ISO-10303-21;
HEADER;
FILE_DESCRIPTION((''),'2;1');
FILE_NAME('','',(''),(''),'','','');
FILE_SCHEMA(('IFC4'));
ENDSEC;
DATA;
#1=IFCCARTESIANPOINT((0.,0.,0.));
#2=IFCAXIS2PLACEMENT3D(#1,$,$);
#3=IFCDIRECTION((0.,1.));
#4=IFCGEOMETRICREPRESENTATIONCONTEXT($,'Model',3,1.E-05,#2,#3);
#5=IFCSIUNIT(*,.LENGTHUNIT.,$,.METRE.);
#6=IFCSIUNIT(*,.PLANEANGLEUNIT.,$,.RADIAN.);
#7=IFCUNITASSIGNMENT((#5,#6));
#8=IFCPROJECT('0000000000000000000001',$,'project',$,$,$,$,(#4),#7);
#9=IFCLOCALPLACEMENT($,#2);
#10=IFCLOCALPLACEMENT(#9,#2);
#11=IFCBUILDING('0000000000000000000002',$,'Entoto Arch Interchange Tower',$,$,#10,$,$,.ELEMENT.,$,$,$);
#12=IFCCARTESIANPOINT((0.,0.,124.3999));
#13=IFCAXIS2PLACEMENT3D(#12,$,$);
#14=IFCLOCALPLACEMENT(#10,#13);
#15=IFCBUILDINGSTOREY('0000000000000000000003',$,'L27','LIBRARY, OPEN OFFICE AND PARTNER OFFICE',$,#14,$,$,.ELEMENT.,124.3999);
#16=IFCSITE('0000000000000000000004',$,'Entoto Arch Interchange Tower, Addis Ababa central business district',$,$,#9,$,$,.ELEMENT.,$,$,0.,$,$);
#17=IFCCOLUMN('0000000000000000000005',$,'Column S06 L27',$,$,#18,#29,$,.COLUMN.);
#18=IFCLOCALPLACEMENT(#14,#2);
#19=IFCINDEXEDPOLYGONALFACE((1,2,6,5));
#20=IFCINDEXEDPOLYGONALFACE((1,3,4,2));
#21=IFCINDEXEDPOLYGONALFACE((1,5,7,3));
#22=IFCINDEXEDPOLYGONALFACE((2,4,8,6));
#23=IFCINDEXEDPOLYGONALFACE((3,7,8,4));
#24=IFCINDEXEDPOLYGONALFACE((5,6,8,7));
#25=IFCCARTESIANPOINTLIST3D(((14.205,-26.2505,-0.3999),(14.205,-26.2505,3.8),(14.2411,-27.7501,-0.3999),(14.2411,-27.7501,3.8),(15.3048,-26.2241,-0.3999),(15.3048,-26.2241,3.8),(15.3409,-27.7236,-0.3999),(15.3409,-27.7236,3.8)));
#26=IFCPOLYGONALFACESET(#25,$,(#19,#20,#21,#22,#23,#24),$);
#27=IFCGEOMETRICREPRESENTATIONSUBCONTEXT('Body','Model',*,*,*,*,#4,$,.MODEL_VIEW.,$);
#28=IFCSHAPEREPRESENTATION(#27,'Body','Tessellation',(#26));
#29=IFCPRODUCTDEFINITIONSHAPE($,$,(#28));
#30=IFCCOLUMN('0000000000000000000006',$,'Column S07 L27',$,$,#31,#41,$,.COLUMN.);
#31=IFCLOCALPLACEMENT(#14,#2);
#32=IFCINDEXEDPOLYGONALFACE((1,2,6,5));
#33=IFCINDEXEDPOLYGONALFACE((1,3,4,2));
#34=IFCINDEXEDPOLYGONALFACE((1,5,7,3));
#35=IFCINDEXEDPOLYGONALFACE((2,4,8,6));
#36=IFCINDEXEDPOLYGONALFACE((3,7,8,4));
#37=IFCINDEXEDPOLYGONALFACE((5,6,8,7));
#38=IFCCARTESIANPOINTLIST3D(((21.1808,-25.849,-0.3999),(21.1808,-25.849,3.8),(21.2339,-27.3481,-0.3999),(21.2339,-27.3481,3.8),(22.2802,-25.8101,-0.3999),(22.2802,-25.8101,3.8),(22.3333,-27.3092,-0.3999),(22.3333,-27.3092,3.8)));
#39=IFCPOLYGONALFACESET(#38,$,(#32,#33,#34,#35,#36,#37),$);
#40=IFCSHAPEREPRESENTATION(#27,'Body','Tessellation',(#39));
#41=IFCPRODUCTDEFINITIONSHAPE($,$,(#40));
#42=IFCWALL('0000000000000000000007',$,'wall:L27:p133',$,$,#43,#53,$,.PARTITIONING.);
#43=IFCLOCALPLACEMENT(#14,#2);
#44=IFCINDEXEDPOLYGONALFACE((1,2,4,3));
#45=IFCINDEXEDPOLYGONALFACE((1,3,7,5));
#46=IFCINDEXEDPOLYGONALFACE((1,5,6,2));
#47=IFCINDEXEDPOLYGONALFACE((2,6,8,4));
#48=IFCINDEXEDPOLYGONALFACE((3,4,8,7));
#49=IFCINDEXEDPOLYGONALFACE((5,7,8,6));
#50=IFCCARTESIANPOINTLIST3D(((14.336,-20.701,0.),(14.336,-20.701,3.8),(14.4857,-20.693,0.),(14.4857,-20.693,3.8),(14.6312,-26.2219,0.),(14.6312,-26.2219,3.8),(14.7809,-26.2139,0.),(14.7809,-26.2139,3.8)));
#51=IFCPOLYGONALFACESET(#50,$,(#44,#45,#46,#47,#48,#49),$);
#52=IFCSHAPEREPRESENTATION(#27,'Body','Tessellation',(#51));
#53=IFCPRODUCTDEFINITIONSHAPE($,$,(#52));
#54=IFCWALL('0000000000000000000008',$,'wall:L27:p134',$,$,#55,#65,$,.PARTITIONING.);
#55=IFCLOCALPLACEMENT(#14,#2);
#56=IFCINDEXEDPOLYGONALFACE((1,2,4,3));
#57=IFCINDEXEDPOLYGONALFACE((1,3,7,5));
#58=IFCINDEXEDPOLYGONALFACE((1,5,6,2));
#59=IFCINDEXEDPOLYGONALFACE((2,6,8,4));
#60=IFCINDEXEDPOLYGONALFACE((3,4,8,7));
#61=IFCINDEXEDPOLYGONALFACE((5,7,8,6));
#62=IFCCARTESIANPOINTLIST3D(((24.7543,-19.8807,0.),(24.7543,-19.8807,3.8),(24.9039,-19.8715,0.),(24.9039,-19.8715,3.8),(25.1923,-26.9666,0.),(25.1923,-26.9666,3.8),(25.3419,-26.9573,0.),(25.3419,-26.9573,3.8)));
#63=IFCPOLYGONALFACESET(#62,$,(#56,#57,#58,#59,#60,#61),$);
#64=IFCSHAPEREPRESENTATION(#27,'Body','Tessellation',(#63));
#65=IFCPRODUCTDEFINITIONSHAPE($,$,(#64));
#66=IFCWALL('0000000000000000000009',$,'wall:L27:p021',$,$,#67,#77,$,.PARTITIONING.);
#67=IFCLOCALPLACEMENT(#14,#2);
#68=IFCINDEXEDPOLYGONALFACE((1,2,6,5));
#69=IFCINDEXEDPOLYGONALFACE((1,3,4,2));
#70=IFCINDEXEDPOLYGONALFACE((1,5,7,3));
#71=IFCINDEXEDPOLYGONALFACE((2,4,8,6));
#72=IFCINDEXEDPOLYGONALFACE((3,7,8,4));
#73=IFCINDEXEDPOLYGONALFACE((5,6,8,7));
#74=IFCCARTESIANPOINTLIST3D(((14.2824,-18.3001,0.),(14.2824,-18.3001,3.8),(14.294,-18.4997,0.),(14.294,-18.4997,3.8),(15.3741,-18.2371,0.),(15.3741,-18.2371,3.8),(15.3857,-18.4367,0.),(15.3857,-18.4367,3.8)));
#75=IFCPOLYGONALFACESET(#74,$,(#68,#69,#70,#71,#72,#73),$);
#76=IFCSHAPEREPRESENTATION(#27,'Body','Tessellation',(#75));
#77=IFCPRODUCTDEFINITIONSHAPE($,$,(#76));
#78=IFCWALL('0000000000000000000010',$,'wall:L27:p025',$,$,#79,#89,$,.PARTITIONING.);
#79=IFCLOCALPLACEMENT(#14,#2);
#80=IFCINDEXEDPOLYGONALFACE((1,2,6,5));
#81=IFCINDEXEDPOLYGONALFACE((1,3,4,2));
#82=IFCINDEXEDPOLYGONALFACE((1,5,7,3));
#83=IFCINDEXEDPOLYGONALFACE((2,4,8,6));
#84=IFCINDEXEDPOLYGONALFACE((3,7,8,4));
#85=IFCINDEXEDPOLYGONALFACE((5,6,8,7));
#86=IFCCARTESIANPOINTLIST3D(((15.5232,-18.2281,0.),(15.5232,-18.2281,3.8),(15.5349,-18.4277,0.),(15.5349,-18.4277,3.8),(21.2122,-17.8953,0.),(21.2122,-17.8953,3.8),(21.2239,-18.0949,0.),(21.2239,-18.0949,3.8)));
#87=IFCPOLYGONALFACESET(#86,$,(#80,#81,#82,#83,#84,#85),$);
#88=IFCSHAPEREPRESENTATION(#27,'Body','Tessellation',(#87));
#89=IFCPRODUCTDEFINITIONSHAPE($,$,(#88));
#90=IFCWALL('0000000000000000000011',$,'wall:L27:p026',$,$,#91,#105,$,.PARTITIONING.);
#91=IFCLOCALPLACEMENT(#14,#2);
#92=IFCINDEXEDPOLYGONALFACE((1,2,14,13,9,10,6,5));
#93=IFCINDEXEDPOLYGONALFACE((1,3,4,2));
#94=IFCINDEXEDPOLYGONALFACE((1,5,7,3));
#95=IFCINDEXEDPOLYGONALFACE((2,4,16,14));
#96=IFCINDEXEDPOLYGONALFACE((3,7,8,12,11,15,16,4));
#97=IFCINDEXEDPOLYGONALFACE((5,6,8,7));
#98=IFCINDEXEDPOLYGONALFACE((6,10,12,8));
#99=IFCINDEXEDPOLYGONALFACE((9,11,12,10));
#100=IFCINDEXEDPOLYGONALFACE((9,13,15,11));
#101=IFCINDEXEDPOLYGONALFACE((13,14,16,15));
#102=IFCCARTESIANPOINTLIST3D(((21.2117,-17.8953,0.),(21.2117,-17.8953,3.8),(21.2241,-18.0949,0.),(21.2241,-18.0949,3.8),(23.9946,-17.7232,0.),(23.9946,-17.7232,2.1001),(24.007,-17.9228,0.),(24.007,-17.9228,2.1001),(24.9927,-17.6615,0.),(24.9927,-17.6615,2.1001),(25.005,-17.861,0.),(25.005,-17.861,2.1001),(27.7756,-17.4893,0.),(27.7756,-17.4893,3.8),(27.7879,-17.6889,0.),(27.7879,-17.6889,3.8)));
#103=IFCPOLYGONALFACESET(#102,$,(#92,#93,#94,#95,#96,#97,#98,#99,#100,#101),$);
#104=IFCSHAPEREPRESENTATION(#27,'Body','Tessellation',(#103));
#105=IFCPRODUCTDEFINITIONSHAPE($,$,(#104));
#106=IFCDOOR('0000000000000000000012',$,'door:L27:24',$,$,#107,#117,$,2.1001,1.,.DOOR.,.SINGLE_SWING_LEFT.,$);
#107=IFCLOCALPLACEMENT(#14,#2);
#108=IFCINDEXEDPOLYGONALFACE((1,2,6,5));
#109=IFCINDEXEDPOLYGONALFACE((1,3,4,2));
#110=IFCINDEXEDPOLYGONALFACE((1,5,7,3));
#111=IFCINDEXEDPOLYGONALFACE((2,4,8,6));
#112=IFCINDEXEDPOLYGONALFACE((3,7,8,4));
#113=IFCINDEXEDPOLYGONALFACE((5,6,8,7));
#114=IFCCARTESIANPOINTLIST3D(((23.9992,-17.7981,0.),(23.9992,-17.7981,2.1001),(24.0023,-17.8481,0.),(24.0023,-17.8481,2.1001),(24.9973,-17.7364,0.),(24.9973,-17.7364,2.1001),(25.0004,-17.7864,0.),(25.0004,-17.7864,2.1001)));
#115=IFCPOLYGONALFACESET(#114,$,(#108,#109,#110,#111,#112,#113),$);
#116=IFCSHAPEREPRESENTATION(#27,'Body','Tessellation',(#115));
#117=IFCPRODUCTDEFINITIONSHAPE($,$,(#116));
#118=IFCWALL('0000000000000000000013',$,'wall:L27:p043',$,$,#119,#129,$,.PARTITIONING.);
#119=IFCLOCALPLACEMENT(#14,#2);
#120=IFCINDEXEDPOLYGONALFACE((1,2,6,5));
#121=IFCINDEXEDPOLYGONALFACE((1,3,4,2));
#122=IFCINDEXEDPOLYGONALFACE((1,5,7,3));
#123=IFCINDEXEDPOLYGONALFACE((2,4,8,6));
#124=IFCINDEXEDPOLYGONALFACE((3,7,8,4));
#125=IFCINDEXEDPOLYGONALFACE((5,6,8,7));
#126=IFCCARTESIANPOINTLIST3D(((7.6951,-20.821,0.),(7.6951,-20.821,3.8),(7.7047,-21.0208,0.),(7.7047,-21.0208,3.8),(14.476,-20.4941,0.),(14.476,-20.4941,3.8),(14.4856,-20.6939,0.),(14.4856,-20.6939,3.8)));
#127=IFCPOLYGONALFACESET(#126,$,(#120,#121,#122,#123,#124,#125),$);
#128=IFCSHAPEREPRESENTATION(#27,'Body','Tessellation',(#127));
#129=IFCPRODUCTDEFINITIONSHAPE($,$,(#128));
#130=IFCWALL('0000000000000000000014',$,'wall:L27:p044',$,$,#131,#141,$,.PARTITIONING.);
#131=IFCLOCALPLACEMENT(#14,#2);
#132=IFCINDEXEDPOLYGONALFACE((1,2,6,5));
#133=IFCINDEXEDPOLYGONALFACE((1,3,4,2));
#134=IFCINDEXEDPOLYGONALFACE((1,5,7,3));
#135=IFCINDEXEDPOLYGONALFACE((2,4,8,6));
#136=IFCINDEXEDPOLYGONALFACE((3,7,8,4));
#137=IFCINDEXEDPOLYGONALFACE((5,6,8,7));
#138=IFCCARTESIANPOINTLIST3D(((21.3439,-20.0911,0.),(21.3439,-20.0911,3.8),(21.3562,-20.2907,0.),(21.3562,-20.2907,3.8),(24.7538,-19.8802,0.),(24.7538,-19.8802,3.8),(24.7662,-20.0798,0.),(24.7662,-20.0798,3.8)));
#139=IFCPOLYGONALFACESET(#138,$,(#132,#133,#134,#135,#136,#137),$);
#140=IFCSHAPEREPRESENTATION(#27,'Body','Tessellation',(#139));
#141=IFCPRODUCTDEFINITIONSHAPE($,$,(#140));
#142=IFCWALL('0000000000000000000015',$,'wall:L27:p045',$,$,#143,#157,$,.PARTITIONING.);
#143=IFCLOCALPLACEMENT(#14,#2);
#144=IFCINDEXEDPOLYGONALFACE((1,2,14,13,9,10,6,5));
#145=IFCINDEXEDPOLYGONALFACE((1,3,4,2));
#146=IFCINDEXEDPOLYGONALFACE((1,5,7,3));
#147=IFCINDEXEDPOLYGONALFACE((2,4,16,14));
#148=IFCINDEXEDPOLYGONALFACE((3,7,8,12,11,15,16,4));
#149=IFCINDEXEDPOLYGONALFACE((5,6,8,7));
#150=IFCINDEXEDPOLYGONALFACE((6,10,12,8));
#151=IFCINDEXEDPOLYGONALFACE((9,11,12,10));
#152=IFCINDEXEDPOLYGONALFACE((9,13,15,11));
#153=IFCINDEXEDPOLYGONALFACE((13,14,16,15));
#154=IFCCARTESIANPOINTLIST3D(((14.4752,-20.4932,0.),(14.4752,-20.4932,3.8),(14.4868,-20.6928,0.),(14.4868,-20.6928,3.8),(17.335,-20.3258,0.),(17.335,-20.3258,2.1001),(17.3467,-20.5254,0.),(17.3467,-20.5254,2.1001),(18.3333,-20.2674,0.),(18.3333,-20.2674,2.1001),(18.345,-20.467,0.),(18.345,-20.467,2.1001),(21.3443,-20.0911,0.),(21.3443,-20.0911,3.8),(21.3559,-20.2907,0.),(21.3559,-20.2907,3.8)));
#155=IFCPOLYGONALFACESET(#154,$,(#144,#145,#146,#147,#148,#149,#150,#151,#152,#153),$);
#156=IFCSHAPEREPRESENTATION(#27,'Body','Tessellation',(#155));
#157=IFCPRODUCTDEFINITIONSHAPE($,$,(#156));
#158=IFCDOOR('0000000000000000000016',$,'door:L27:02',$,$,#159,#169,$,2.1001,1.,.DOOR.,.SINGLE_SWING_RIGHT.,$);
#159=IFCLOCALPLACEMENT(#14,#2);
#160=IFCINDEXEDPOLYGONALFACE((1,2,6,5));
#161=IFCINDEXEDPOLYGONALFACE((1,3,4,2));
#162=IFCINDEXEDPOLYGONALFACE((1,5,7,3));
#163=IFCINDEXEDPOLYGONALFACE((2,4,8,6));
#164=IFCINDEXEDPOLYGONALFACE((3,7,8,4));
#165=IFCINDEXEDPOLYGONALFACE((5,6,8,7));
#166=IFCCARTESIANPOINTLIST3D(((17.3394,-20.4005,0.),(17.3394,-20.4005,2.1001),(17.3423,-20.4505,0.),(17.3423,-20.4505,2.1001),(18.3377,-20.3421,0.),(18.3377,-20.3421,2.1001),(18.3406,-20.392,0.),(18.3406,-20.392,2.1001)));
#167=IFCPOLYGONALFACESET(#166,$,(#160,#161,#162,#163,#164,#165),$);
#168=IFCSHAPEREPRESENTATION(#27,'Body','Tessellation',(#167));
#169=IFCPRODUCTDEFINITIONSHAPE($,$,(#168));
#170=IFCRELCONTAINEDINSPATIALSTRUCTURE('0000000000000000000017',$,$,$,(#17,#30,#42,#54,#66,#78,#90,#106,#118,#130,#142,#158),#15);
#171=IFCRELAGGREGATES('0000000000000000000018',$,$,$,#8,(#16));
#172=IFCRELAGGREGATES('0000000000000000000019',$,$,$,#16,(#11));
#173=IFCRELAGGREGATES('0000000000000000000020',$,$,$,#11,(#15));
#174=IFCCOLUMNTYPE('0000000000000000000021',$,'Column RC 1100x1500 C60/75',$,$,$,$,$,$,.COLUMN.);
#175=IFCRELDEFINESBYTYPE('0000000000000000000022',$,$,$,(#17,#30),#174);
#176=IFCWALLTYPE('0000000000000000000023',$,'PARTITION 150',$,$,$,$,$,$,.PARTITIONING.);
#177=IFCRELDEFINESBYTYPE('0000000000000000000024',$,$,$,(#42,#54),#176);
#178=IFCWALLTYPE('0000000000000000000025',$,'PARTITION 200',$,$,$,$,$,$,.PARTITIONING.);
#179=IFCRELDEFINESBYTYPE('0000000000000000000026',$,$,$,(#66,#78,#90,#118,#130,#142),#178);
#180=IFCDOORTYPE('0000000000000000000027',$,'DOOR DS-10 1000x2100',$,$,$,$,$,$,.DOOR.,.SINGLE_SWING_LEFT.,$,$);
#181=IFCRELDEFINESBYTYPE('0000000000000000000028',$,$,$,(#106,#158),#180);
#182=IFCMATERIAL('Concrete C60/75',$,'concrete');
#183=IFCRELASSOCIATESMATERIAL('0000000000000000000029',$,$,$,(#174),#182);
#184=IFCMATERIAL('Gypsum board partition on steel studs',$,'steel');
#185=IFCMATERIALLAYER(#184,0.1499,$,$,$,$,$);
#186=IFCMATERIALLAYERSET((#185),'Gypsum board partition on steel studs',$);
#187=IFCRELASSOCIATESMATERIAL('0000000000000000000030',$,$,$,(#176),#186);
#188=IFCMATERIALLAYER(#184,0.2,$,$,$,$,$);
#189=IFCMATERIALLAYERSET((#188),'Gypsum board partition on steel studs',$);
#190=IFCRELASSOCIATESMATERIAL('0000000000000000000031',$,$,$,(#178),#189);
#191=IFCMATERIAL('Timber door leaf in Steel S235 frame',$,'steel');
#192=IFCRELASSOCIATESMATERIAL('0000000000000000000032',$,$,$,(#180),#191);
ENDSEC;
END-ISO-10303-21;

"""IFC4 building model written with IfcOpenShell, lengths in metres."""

from ifc_helpers import new_model, si_unit, direction, frame, frame_2d, origin, origin_2d, place, context, subcontext, project, spatial, rectangle, extrude, material, layer, layer_set, material_profile, profile_set, type_object, element, fill, save


model = new_model("IFC4")

# Units and contexts
model_context = context("Model", 3, precision=1e-05, world=origin(), true_north=direction((0.0, 1.0)))
body_context = subcontext(model_context, "Body", "Model", "MODEL_VIEW")
ifc_project = project(units=[si_unit("LENGTHUNIT", "METRE"), si_unit("PLANEANGLEUNIT", "RADIAN")], contexts=[model_context])

# Site, building, storey
site_placement = place(None, origin())
site = spatial("IfcSite", under=ifc_project, at=site_placement, Name="Entoto Arch Interchange Tower, Addis Ababa central business district", CompositionType="ELEMENT", RefElevation=0.0)
building_placement = place(site_placement, origin())
building = spatial("IfcBuilding", under=site, at=building_placement, Name="Entoto Arch Interchange Tower", CompositionType="ELEMENT")
storey_placement = place(building_placement, frame((0.0, 0.0, 124.3999)))
storey = spatial("IfcBuildingStorey", under=building, at=storey_placement, Name="L27", Description="LIBRARY, OPEN OFFICE AND PARTNER OFFICE", CompositionType="ELEMENT", Elevation=124.3999)

# Columns
ifc_material_1 = material(Name="Concrete C60/75", Category="concrete")
ifc_material_profile_1 = material_profile(ifc_material_1, rectangle(XDim=1.1001, YDim=1.5, at=origin_2d()))
ifc_profile_set_1 = profile_set([ifc_material_profile_1], Name="Concrete C60/75")
column_type = type_object("IfcColumnType", Name="Column RC 1100x1500 C60/75", PredefinedType="COLUMN", material=ifc_profile_set_1)
for number, where, z_axis, x_axis, name in (
    (1, (14.7729, -26.9871, -0.3999), (0.0, 0.0, 1.0), (0.999711, 0.024031, 0.0), "Column S06 L27"),
    (2, (21.7571, -26.5791, -0.3999), (0.0, 0.0, 1.0), (0.999374, 0.035388, 0.0), "Column S07 L27"),
):
    element("IfcColumn", number, at=place(storey_placement, frame(where, z_axis=z_axis, x_axis=x_axis)), inside=storey, type_object=column_type, Name=name, PredefinedType="COLUMN", context=body_context, shape_type="SweptSolid", body=[
        extrude(rectangle(XDim=1.1001, YDim=1.5, at=origin_2d()), origin(), (0.0, 0.0, 1.0), 4.2),
    ])

# Walls
ifc_material_2 = material(Name="Gypsum board partition on steel studs", Category="steel")
ifc_layer_1 = layer(ifc_material_2, 0.1499)
ifc_layer_set_1 = layer_set([ifc_layer_1], Name="Gypsum board partition on steel studs")
wall_type_1 = type_object("IfcWallType", Name="PARTITION 150", PredefinedType="PARTITIONING", material=ifc_layer_set_1)
wall_1_placement = place(storey_placement, frame((14.4109, -20.697, 0.0), z_axis=(0.0, 0.0, 1.0), x_axis=(0.053386, -0.998574, 0.0)))
element("IfcWall", 3, at=wall_1_placement, inside=storey, type_object=wall_type_1, Name="wall:L27:p133", PredefinedType="PARTITIONING", context=body_context, shape_type="SweptSolid", body=[
    extrude(rectangle(XDim=5.5288, YDim=0.1499, at=frame_2d((2.7644, 0.0))), origin(), (0.0, 0.0, 1.0), 3.8),
])
wall_2_placement = place(storey_placement, frame((24.8291, -19.876, 0.0), z_axis=(0.0, 0.0, 1.0), x_axis=(0.061693, -0.998095, 0.0)))
element("IfcWall", 4, at=wall_2_placement, inside=storey, type_object=wall_type_1, Name="wall:L27:p134", PredefinedType="PARTITIONING", context=body_context, shape_type="SweptSolid", body=[
    extrude(rectangle(XDim=7.0994, YDim=0.1499, at=frame_2d((3.5498, 0.0))), origin(), (0.0, 0.0, 1.0), 3.8),
])
ifc_layer_2 = layer(ifc_material_2, 0.2)
ifc_layer_set_2 = layer_set([ifc_layer_2], Name="Gypsum board partition on steel studs")
wall_type_2 = type_object("IfcWallType", Name="PARTITION 200", PredefinedType="PARTITIONING", material=ifc_layer_set_2)
wall_3_placement = place(storey_placement, frame((14.2881, -18.3999, 0.0), z_axis=(0.0, 0.0, 1.0), x_axis=(0.99834, 0.057597, 0.0)))
element("IfcWall", 5, at=wall_3_placement, inside=storey, type_object=wall_type_2, Name="wall:L27:p021", PredefinedType="PARTITIONING", context=body_context, shape_type="SweptSolid", body=[
    extrude(rectangle(XDim=1.0935, YDim=0.2, at=frame_2d((0.5469, 0.0))), origin(), (0.0, 0.0, 1.0), 3.8),
])
wall_4_placement = place(storey_placement, frame((15.5291, -18.3279, 0.0), z_axis=(0.0, 0.0, 1.0), x_axis=(0.998294, 0.058393, 0.0)))
element("IfcWall", 6, at=wall_4_placement, inside=storey, type_object=wall_type_2, Name="wall:L27:p025", PredefinedType="PARTITIONING", context=body_context, shape_type="SweptSolid", body=[
    extrude(rectangle(XDim=5.6987, YDim=0.2, at=frame_2d((2.8494, 0.0))), origin(), (0.0, 0.0, 1.0), 3.8),
])

# Wall, opening, door
wall_5_placement = place(storey_placement, frame((21.218, -17.9951, 0.0), z_axis=(0.0, 0.0, 1.0), x_axis=(0.998093, 0.061736, 0.0)))
wall_5 = element("IfcWall", 7, at=wall_5_placement, inside=storey, type_object=wall_type_2, Name="wall:L27:p026", PredefinedType="PARTITIONING", context=body_context, shape_type="SweptSolid", body=[
    extrude(rectangle(XDim=6.5764, YDim=0.2, at=frame_2d((3.2881, 0.0))), origin(), (0.0, 0.0, 1.0), 3.8),
])
opening_1_placement = place(wall_5_placement, frame((2.7881, 0.0, 0.0)))
opening_1 = element("IfcOpeningElement", 8, at=opening_1_placement, cuts=wall_5, PredefinedType="OPENING", context=body_context, shape_type="SweptSolid", body=[
    extrude(rectangle(XDim=1.0, YDim=2.1001, at=frame_2d((0.5, 1.05))), frame((0.0, 0.1099, 0.0), z_axis=(0.0, -1.0, 0.0), x_axis=(1.0, 0.0, 0.0)), (0.0, 0.0, 1.0), 0.22),
])
ifc_material_3 = material(Name="Timber door leaf in Steel S235 frame", Category="steel")
door_type = type_object("IfcDoorType", Name="DOOR DS-10 1000x2100", OperationType="SINGLE_SWING_LEFT", PredefinedType="DOOR", material=ifc_material_3)
door_1_placement = place(opening_1_placement, origin())
door_1 = element("IfcDoor", 9, at=door_1_placement, inside=storey, type_object=door_type, Name="door:L27:24", OperationType="SINGLE_SWING_LEFT", OverallHeight=2.1001, OverallWidth=1.0, PredefinedType="DOOR", context=body_context, shape_type="SweptSolid", body=[
    extrude(rectangle(XDim=1.0, YDim=2.1001, at=frame_2d((0.5, 1.05))), frame((0.0, 0.0249, 0.0), z_axis=(0.0, -1.0, 0.0), x_axis=(1.0, 0.0, 0.0)), (0.0, 0.0, 1.0), 0.05),
])
fill(opening_1, door_1)

# Walls
wall_6_placement = place(storey_placement, frame((14.481, -20.594, 0.0), z_axis=(0.0, 0.0, 1.0), x_axis=(-0.99884, -0.048153, 0.0)))
element("IfcWall", 10, at=wall_6_placement, inside=storey, type_object=wall_type_2, Name="wall:L27:p043", PredefinedType="PARTITIONING", context=body_context, shape_type="SweptSolid", body=[
    extrude(rectangle(XDim=6.7888, YDim=0.2, at=frame_2d((3.3945, 0.0))), origin(), (0.0, 0.0, 1.0), 3.8),
])
wall_7_placement = place(storey_placement, frame((24.76, -19.98, 0.0), z_axis=(0.0, 0.0, 1.0), x_axis=(-0.998092, -0.061742, 0.0)))
element("IfcWall", 11, at=wall_7_placement, inside=storey, type_object=wall_type_2, Name="wall:L27:p044", PredefinedType="PARTITIONING", context=body_context, shape_type="SweptSolid", body=[
    extrude(rectangle(XDim=3.4165, YDim=0.2, at=frame_2d((1.7083, 0.0))), origin(), (0.0, 0.0, 1.0), 3.8),
])

# Wall, opening, door
wall_8_placement = place(storey_placement, frame((21.3501, -20.1909, 0.0), z_axis=(0.0, 0.0, 1.0), x_axis=(-0.998291, -0.058437, 0.0)))
wall_8 = element("IfcWall", 12, at=wall_8_placement, inside=storey, type_object=wall_type_2, Name="wall:L27:p045", PredefinedType="PARTITIONING", context=body_context, shape_type="SweptSolid", body=[
    extrude(rectangle(XDim=6.8809, YDim=0.2, at=frame_2d((3.4404, 0.0))), origin(), (0.0, 0.0, 1.0), 3.8),
])
opening_2_placement = place(wall_8_placement, frame((3.0161, 0.0, 0.0)))
opening_2 = element("IfcOpeningElement", 13, at=opening_2_placement, cuts=wall_8, PredefinedType="OPENING", context=body_context, shape_type="SweptSolid", body=[
    extrude(rectangle(XDim=1.0, YDim=2.1001, at=frame_2d((0.5, 1.05))), frame((0.0, 0.1099, 0.0), z_axis=(0.0, -1.0, 0.0), x_axis=(1.0, 0.0, 0.0)), (0.0, 0.0, 1.0), 0.22),
])
door_2_placement = place(opening_2_placement, origin())
door_2 = element("IfcDoor", 14, at=door_2_placement, inside=storey, type_object=door_type, Name="door:L27:02", OperationType="SINGLE_SWING_RIGHT", OverallHeight=2.1001, OverallWidth=1.0, PredefinedType="DOOR", context=body_context, shape_type="SweptSolid", body=[
    extrude(rectangle(XDim=1.0, YDim=2.1001, at=frame_2d((0.5, 1.05))), frame((0.0, 0.0249, 0.0), z_axis=(0.0, -1.0, 0.0), x_axis=(1.0, 0.0, 0.0)), (0.0, 0.0, 1.0), 0.05),
])
fill(opening_2, door_2)

save(model, "model.ifc")
